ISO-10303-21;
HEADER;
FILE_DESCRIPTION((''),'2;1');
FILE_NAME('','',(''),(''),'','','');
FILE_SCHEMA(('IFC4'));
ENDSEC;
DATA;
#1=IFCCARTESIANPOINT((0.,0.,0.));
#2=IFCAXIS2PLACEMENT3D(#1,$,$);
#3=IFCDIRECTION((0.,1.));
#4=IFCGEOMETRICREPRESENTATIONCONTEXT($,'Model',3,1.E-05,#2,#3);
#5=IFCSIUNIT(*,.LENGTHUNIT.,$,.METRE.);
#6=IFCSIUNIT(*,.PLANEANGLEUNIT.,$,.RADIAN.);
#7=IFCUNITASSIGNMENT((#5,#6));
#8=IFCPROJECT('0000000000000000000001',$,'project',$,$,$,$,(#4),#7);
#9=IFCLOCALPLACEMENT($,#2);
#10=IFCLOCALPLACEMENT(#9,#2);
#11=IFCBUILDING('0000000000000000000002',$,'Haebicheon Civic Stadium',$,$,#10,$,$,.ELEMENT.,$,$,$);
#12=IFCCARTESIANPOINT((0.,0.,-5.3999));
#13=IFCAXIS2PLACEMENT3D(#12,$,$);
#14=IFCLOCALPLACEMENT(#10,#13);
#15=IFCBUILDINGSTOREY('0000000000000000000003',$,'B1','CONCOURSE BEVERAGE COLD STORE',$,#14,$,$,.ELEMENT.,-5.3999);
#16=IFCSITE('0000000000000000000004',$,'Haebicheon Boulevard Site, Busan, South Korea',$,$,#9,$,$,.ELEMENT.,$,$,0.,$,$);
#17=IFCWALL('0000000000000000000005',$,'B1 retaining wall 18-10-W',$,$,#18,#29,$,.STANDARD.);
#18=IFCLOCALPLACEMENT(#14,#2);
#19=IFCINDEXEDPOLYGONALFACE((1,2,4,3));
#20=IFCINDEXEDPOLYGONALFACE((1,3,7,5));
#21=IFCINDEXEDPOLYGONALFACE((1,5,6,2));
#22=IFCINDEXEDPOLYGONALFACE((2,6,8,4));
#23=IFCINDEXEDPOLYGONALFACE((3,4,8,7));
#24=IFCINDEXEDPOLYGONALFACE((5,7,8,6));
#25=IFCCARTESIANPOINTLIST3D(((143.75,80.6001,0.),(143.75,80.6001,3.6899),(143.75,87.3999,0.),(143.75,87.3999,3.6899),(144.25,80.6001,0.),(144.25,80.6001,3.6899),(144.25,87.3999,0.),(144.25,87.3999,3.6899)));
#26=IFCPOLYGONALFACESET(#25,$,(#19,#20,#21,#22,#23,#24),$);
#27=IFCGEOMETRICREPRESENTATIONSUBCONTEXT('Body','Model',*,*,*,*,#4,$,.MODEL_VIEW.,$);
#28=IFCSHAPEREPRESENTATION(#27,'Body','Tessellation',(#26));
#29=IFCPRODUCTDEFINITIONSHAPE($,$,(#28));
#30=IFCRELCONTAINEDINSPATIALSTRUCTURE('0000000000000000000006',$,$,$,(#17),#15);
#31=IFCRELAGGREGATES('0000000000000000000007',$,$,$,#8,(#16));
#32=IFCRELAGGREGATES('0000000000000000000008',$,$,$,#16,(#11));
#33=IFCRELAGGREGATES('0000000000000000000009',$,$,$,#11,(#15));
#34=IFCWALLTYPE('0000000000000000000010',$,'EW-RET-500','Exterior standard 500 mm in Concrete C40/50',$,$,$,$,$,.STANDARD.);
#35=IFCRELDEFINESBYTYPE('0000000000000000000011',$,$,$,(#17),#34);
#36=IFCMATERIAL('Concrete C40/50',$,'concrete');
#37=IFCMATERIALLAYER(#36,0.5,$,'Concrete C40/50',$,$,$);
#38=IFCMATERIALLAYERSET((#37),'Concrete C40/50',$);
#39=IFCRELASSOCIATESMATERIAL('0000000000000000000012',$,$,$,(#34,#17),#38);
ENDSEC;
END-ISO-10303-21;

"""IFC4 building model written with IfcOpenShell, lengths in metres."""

from ifc_helpers import new_model, si_unit, direction, frame, frame_2d, origin, place, context, subcontext, project, spatial, rectangle, extrude, material, layer, layer_set, type_object, element, save


model = new_model("IFC4")

# Units and contexts
model_context = context("Model", 3, precision=1e-05, world=origin(), true_north=direction((0.0, 1.0)))
body_context = subcontext(model_context, "Body", "Model", "MODEL_VIEW")
ifc_project = project(units=[si_unit("LENGTHUNIT", "METRE"), si_unit("PLANEANGLEUNIT", "RADIAN")], contexts=[model_context])

# Site, building, storey
site_placement = place(None, origin())
site = spatial("IfcSite", under=ifc_project, at=site_placement, Name="Haebicheon Boulevard Site, Busan, South Korea", CompositionType="ELEMENT", RefElevation=0.0)
building_placement = place(site_placement, origin())
building = spatial("IfcBuilding", under=site, at=building_placement, Name="Haebicheon Civic Stadium", CompositionType="ELEMENT")
storey_placement = place(building_placement, frame((0.0, 0.0, -5.3999)))
storey = spatial("IfcBuildingStorey", under=building, at=storey_placement, Name="B1", Description="CONCOURSE BEVERAGE COLD STORE", CompositionType="ELEMENT", Elevation=-5.3999)

# Wall
ifc_material_1 = material(Name="Concrete C40/50", Category="concrete")
ifc_layer_1 = layer(ifc_material_1, 0.5, Name="Concrete C40/50")
ifc_layer_set_1 = layer_set([ifc_layer_1], Name="Concrete C40/50")
wall_type_1 = type_object("IfcWallType", Name="EW-RET-500", Description="Exterior standard 500 mm in Concrete C40/50", PredefinedType="STANDARD", material=ifc_layer_set_1)
wall_1_placement = place(storey_placement, frame((144.0, 80.6001, 0.0), z_axis=(0.0, 0.0, 1.0), x_axis=(0.0, 1.0, 0.0)))
element("IfcWall", 1, at=wall_1_placement, inside=storey, type_object=wall_type_1, material=ifc_layer_set_1, Name="B1 retaining wall 18-10-W", PredefinedType="STANDARD", context=body_context, shape_type="SweptSolid", body=[
    extrude(rectangle(XDim=6.7998, YDim=0.5, at=frame_2d((3.3999, 0.0))), origin(), (0.0, 0.0, 1.0), 3.6899),
])

save(model, "model.ifc")
